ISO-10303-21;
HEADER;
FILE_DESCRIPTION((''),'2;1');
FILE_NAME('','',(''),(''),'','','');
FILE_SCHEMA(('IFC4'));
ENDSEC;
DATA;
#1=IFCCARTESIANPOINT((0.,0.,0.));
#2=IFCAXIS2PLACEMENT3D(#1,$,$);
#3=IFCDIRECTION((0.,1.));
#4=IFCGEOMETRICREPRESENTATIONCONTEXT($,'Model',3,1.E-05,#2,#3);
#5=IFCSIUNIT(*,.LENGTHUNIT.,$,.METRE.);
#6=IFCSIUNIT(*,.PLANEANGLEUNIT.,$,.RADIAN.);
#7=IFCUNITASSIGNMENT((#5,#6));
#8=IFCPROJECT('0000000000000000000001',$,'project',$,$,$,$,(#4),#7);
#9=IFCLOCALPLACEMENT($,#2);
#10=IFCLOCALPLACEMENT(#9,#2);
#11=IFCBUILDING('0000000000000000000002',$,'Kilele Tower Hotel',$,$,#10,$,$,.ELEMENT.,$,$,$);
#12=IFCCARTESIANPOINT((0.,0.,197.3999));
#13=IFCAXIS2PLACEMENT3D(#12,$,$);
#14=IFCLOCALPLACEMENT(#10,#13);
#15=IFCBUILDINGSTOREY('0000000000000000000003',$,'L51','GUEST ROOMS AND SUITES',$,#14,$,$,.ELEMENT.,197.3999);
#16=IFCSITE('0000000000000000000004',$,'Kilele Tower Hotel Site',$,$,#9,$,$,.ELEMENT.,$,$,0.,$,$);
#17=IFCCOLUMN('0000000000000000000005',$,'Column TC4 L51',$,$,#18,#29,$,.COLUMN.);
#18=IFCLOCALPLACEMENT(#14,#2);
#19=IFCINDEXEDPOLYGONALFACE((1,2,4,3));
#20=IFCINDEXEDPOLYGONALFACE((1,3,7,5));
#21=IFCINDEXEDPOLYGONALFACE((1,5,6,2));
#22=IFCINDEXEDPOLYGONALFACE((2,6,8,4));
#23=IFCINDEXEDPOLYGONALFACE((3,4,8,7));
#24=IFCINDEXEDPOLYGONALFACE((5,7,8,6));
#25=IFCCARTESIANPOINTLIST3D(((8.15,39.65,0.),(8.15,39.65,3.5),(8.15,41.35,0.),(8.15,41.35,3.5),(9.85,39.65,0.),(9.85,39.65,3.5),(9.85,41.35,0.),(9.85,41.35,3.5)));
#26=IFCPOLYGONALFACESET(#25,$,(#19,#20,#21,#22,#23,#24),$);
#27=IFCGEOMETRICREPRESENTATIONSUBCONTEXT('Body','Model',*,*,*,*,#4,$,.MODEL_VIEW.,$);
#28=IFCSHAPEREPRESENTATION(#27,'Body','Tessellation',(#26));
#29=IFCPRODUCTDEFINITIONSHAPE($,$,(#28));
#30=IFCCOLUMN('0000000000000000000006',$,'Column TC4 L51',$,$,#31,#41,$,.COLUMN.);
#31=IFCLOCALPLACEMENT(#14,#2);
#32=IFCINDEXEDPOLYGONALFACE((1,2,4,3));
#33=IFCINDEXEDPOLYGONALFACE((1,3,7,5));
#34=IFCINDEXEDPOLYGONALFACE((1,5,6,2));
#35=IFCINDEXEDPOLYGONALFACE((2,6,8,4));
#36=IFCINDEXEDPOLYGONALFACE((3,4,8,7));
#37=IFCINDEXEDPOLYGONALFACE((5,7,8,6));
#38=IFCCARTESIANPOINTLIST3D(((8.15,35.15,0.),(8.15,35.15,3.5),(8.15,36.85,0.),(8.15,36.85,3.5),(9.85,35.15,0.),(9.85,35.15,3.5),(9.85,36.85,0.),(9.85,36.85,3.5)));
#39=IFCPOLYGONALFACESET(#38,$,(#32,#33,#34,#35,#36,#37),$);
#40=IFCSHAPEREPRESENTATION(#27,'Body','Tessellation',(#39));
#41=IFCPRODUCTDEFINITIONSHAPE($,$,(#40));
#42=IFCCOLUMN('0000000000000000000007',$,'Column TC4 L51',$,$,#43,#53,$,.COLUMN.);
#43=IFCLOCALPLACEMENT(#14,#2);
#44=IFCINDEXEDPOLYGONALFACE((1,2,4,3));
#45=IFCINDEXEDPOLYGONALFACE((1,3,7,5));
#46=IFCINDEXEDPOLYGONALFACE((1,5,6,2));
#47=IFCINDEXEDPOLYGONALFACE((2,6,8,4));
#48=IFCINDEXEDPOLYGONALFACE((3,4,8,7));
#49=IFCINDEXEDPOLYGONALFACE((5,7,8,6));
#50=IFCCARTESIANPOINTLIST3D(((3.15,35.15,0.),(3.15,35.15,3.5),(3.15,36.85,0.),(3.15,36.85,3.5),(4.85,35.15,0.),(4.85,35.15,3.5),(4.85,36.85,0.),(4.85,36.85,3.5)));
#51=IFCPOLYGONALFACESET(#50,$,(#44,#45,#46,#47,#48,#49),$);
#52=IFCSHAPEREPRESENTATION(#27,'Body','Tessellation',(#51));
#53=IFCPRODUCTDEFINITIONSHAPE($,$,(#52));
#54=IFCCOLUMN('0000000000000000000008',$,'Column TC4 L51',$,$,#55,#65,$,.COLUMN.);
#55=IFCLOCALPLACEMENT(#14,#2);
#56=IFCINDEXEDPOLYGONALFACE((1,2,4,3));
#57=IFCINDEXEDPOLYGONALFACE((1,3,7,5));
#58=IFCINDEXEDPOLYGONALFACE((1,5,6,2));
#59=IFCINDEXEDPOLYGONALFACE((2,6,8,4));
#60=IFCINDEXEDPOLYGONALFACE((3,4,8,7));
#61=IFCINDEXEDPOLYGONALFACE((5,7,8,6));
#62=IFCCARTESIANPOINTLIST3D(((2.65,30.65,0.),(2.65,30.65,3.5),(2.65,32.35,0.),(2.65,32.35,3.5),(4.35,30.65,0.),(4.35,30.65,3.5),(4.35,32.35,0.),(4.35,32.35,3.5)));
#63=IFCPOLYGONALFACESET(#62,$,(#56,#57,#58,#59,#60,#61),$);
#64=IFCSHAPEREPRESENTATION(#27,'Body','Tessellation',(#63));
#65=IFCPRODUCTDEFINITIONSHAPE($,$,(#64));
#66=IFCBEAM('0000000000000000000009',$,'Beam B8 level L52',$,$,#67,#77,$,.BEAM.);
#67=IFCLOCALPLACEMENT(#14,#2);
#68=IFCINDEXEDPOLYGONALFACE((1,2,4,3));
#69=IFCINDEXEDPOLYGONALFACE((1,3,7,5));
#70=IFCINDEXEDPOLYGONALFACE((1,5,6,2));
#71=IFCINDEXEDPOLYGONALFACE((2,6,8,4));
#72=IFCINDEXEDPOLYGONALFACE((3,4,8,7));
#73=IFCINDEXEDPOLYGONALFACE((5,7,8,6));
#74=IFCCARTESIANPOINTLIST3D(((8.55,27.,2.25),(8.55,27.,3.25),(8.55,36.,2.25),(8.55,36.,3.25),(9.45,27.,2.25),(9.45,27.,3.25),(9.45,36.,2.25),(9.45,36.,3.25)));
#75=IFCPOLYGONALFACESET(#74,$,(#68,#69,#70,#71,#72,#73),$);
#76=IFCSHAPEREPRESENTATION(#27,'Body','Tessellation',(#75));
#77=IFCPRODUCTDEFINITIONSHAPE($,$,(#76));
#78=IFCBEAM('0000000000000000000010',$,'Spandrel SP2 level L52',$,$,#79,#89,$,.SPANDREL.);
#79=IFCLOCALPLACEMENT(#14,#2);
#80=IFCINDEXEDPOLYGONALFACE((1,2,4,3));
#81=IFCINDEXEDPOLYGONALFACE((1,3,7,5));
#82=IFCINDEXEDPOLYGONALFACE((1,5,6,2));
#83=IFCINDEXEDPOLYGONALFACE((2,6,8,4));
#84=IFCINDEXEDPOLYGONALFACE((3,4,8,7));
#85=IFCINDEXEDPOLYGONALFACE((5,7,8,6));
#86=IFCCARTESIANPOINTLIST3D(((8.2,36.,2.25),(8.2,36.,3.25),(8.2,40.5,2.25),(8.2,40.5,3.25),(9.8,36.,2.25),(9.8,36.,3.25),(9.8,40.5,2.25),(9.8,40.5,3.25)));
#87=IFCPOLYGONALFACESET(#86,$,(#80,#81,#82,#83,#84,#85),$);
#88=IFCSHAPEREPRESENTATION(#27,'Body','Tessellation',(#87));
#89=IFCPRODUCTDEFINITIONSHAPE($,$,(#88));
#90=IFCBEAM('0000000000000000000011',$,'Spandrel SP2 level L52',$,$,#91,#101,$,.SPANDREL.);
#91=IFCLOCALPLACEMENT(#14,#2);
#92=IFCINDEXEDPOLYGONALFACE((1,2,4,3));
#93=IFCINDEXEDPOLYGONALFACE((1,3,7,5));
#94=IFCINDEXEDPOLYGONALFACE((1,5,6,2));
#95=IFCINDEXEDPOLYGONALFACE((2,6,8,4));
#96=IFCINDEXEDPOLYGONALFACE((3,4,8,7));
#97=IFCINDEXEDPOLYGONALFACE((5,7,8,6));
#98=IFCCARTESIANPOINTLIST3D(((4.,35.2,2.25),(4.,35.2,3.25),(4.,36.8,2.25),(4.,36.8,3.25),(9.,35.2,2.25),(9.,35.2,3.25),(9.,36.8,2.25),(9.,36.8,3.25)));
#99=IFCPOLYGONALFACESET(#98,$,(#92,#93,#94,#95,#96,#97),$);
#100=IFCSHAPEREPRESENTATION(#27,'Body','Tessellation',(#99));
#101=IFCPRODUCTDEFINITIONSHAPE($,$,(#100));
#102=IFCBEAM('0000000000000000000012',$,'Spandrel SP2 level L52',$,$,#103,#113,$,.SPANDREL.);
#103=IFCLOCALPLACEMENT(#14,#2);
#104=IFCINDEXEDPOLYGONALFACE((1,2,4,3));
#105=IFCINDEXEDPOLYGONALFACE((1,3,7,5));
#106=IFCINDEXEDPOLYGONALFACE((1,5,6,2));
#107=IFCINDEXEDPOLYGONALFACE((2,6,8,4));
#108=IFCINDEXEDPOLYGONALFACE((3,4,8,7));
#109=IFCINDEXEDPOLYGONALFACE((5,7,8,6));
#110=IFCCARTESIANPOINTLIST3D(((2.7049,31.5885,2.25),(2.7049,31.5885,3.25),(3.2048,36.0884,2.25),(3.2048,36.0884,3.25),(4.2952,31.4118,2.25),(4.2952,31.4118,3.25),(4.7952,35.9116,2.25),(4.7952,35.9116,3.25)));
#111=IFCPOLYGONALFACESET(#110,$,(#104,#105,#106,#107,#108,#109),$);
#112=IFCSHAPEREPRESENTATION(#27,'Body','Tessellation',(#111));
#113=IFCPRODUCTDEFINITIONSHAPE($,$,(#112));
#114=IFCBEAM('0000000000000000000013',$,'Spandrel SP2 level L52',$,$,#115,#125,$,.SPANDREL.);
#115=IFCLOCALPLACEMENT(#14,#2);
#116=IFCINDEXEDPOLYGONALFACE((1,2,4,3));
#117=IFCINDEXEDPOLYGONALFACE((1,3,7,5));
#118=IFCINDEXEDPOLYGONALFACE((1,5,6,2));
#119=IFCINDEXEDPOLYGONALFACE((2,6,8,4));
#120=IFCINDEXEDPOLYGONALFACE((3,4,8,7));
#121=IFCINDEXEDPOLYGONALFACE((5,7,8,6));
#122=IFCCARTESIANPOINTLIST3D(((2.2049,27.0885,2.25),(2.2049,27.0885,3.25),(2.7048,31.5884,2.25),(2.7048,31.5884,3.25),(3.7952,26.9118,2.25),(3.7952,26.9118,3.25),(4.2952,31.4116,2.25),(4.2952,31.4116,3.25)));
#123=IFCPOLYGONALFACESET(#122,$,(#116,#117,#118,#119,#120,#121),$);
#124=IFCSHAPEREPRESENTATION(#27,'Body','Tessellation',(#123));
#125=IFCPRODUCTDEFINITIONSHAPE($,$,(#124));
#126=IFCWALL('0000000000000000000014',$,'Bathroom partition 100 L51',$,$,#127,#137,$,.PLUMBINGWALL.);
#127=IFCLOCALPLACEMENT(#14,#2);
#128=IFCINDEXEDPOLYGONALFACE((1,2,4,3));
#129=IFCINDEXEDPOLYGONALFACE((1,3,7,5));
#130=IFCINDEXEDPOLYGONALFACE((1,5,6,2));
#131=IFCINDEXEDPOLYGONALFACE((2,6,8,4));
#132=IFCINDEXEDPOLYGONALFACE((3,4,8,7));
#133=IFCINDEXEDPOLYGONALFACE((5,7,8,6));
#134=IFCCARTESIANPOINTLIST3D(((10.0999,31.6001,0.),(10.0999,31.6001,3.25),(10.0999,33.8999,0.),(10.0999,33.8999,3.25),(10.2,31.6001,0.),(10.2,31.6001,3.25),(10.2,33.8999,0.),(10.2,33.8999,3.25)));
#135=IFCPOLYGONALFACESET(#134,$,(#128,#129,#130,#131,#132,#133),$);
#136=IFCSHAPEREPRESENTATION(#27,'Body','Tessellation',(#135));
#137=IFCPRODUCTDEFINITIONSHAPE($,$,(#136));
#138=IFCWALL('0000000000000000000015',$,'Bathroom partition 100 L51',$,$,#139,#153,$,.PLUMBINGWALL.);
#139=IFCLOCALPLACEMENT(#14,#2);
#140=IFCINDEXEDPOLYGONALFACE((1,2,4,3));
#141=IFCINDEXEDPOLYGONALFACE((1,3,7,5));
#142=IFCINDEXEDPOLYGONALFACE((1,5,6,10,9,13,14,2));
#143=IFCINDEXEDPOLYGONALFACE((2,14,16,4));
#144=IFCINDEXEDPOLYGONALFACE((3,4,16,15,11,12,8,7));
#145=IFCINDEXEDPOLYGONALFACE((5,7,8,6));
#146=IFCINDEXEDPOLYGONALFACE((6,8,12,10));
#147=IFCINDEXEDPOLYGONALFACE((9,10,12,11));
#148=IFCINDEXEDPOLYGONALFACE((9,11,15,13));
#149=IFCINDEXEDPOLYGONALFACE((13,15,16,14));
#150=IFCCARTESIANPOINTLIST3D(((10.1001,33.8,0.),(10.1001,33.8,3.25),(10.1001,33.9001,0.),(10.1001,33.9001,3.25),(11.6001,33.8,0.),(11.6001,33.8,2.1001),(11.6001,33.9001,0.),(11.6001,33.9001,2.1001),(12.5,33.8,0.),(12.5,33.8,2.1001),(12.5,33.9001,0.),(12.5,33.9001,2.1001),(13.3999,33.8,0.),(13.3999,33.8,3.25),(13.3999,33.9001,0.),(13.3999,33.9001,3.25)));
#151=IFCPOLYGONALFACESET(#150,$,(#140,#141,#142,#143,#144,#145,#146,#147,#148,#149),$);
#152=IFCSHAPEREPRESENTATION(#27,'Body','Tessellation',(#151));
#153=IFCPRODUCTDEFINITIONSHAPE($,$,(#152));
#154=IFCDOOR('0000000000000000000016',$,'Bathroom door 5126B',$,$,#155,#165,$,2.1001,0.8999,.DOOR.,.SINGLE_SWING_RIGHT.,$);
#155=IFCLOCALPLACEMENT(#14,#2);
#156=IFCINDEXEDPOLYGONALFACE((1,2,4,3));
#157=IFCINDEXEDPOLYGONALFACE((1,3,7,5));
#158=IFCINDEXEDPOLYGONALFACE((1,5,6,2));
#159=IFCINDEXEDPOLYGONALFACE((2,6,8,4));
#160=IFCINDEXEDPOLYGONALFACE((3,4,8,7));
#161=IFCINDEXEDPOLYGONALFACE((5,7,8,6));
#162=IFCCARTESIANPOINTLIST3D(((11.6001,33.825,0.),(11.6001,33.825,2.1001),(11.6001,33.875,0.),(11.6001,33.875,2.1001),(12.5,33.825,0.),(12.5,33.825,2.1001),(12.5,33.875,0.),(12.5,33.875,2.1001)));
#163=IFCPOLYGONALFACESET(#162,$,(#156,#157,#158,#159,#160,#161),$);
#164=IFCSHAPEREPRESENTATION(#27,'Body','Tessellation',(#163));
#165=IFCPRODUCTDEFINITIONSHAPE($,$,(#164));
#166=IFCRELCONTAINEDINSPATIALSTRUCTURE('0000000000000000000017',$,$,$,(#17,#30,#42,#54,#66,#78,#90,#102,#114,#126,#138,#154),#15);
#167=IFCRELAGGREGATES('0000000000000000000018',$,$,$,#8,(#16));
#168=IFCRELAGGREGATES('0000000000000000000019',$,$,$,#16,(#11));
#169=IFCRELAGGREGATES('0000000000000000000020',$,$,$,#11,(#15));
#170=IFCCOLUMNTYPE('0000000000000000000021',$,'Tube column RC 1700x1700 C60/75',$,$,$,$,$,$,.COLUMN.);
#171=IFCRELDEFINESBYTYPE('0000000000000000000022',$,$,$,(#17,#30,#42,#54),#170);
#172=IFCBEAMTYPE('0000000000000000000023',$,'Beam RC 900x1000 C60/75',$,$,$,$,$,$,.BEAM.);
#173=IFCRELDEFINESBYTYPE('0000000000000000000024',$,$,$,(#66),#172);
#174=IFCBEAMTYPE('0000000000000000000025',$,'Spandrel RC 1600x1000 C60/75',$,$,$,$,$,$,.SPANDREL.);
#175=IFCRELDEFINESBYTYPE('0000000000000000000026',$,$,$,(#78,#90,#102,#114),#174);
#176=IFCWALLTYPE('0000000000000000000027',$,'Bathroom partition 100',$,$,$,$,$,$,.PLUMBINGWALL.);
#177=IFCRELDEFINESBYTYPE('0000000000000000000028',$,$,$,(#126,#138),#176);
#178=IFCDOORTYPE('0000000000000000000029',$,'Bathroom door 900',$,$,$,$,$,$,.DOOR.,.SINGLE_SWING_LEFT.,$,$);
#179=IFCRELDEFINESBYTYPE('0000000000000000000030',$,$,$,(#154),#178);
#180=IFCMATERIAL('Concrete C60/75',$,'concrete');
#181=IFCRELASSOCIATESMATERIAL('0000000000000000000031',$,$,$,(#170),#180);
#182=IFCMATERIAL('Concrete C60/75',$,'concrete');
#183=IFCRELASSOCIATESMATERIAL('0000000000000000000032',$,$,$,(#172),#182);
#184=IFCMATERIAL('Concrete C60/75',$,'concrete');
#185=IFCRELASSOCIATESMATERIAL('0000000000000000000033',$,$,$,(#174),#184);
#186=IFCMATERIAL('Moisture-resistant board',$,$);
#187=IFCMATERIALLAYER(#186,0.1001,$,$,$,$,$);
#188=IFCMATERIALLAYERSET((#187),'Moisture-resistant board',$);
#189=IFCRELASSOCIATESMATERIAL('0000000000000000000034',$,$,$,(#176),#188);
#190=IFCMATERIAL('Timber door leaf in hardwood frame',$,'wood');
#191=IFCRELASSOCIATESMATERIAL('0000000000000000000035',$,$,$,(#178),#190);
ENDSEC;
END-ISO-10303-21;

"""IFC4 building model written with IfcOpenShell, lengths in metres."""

from ifc_helpers import new_model, si_unit, direction, frame, frame_2d, origin, origin_2d, place, context, subcontext, project, spatial, rectangle, extrude, material, layer, layer_set, material_profile, profile_set, type_object, element, fill, save


model = new_model("IFC4")

# Units and contexts
model_context = context("Model", 3, precision=1e-05, world=origin(), true_north=direction((0.0, 1.0)))
body_context = subcontext(model_context, "Body", "Model", "MODEL_VIEW")
ifc_project = project(units=[si_unit("LENGTHUNIT", "METRE"), si_unit("PLANEANGLEUNIT", "RADIAN")], contexts=[model_context])

# Site, building, storey
site_placement = place(None, origin())
site = spatial("IfcSite", under=ifc_project, at=site_placement, Name="Kilele Tower Hotel Site", CompositionType="ELEMENT", RefElevation=0.0)
building_placement = place(site_placement, origin())
building = spatial("IfcBuilding", under=site, at=building_placement, Name="Kilele Tower Hotel", CompositionType="ELEMENT")
storey_placement = place(building_placement, frame((0.0, 0.0, 197.3999)))
storey = spatial("IfcBuildingStorey", under=building, at=storey_placement, Name="L51", Description="GUEST ROOMS AND SUITES", CompositionType="ELEMENT", Elevation=197.3999)

# Columns
ifc_material_1 = material(Name="Concrete C60/75", Category="concrete")
ifc_material_profile_1 = material_profile(ifc_material_1, rectangle(XDim=1.7, YDim=1.7, at=origin_2d()))
ifc_profile_set_1 = profile_set([ifc_material_profile_1], Name="Concrete C60/75")
column_type = type_object("IfcColumnType", Name="Tube column RC 1700x1700 C60/75", PredefinedType="COLUMN", material=ifc_profile_set_1)
for number, where, z_axis, x_axis, name in (
    (1, (9.0, 40.5, 0.0), (0.0, 0.0, 1.0), (1.0, 0.0, 0.0), "Column TC4 L51"),
    (2, (9.0, 36.0, 0.0), (0.0, 0.0, 1.0), (1.0, 0.0, 0.0), "Column TC4 L51"),
    (3, (4.0, 36.0, 0.0), (0.0, 0.0, 1.0), (1.0, 0.0, 0.0), "Column TC4 L51"),
    (4, (3.5, 31.5, 0.0), (0.0, 0.0, 1.0), (1.0, 0.0, 0.0), "Column TC4 L51"),
):
    element("IfcColumn", number, at=place(storey_placement, frame(where, z_axis=z_axis, x_axis=x_axis)), inside=storey, type_object=column_type, Name=name, PredefinedType="COLUMN", context=body_context, shape_type="SweptSolid", body=[
        extrude(rectangle(XDim=1.7, YDim=1.7, at=origin_2d()), origin(), (0.0, 0.0, 1.0), 3.5),
    ])

# Beams
ifc_material_2 = material(Name="Concrete C60/75", Category="concrete")
ifc_material_profile_2 = material_profile(ifc_material_2, rectangle(XDim=0.8999, YDim=1.0, at=origin_2d()))
ifc_profile_set_2 = profile_set([ifc_material_profile_2], Name="Concrete C60/75")
beam_type_1 = type_object("IfcBeamType", Name="Beam RC 900x1000 C60/75", PredefinedType="BEAM", material=ifc_profile_set_2)
beam_1_placement = place(storey_placement, frame((9.0, 36.0, 2.75), z_axis=(0.0, -1.0, 0.0), x_axis=(1.0, 0.0, 0.0)))
element("IfcBeam", 5, at=beam_1_placement, inside=storey, type_object=beam_type_1, Name="Beam B8 level L52", PredefinedType="BEAM", context=body_context, shape_type="SweptSolid", body=[
    extrude(rectangle(XDim=0.8999, YDim=1.0, at=origin_2d()), origin(), (0.0, 0.0, 1.0), 9.0),
])
ifc_material_3 = material(Name="Concrete C60/75", Category="concrete")
ifc_material_profile_3 = material_profile(ifc_material_3, rectangle(XDim=1.6001, YDim=1.0, at=origin_2d()))
ifc_profile_set_3 = profile_set([ifc_material_profile_3], Name="Concrete C60/75")
beam_type_2 = type_object("IfcBeamType", Name="Spandrel RC 1600x1000 C60/75", PredefinedType="SPANDREL", material=ifc_profile_set_3)
beam_2_placement = place(storey_placement, frame((9.0, 40.5, 2.75), z_axis=(0.0, -1.0, 0.0), x_axis=(1.0, 0.0, 0.0)))
element("IfcBeam", 6, at=beam_2_placement, inside=storey, type_object=beam_type_2, Name="Spandrel SP2 level L52", PredefinedType="SPANDREL", context=body_context, shape_type="SweptSolid", body=[
    extrude(rectangle(XDim=1.6001, YDim=1.0, at=origin_2d()), origin(), (0.0, 0.0, 1.0), 4.5),
])
beam_3_placement = place(storey_placement, frame((9.0, 36.0, 2.75), z_axis=(-1.0, 0.0, 0.0), x_axis=(0.0, -1.0, 0.0)))
element("IfcBeam", 7, at=beam_3_placement, inside=storey, type_object=beam_type_2, Name="Spandrel SP2 level L52", PredefinedType="SPANDREL", context=body_context, shape_type="SweptSolid", body=[
    extrude(rectangle(XDim=1.6001, YDim=1.0, at=origin_2d()), origin(), (0.0, 0.0, 1.0), 5.0),
])
for number, where, z_axis, x_axis, name in (
    (8, (4.0, 36.0, 2.75), (-0.110432, -0.993884, 0.0), (0.993884, -0.110432, 0.0), "Spandrel SP2 level L52"),
    (9, (3.5, 31.5, 2.75), (-0.110432, -0.993884, 0.0), (0.993884, -0.110432, 0.0), "Spandrel SP2 level L52"),
):
    element("IfcBeam", number, at=place(storey_placement, frame(where, z_axis=z_axis, x_axis=x_axis)), inside=storey, type_object=beam_type_2, Name=name, PredefinedType="SPANDREL", context=body_context, shape_type="SweptSolid", body=[
        extrude(rectangle(XDim=1.6001, YDim=1.0, at=origin_2d()), origin(), (0.0, 0.0, 1.0), 4.5276),
    ])

# Wall
ifc_material_4 = material(Name="Moisture-resistant board")
ifc_layer_1 = layer(ifc_material_4, 0.1001)
ifc_layer_set_1 = layer_set([ifc_layer_1], Name="Moisture-resistant board")
wall_type_1 = type_object("IfcWallType", Name="Bathroom partition 100", PredefinedType="PLUMBINGWALL", material=ifc_layer_set_1)
wall_1_placement = place(storey_placement, frame((10.1499, 31.6001, 0.0), z_axis=(0.0, 0.0, 1.0), x_axis=(0.0, 1.0, 0.0)))
element("IfcWall", 10, at=wall_1_placement, inside=storey, type_object=wall_type_1, Name="Bathroom partition 100 L51", PredefinedType="PLUMBINGWALL", context=body_context, shape_type="SweptSolid", body=[
    extrude(rectangle(XDim=2.2998, YDim=0.1001, at=frame_2d((1.1499, 0.0))), origin(), (0.0, 0.0, 1.0), 3.25),
])

# Wall, opening, door
wall_2_placement = place(storey_placement, frame((13.3999, 33.8501, 0.0), z_axis=(0.0, 0.0, 1.0), x_axis=(-1.0, 0.0, 0.0)))
wall_2 = element("IfcWall", 11, at=wall_2_placement, inside=storey, type_object=wall_type_1, Name="Bathroom partition 100 L51", PredefinedType="PLUMBINGWALL", context=body_context, shape_type="SweptSolid", body=[
    extrude(rectangle(XDim=3.2998, YDim=0.1001, at=frame_2d((1.6499, 0.0))), origin(), (0.0, 0.0, 1.0), 3.25),
])
opening_1_placement = place(wall_2_placement, frame((1.7998, 0.0, 0.0), z_axis=(0.0, 0.0, 1.0), x_axis=(-1.0, 0.0, 0.0)))
opening_1 = element("IfcOpeningElement", 12, at=opening_1_placement, cuts=wall_2, PredefinedType="OPENING", context=body_context, shape_type="SweptSolid", body=[
    extrude(rectangle(XDim=0.8999, YDim=2.1001, at=frame_2d((0.45, 1.05))), frame((0.0, 0.0601, 0.0), z_axis=(0.0, -1.0, 0.0), x_axis=(1.0, 0.0, 0.0)), (0.0, 0.0, 1.0), 0.1201),
])
ifc_material_5 = material(Name="Timber door leaf in hardwood frame", Category="wood")
door_type_1 = type_object("IfcDoorType", Name="Bathroom door 900", OperationType="SINGLE_SWING_LEFT", PredefinedType="DOOR", material=ifc_material_5)
door_1_placement = place(opening_1_placement, origin())
door_1 = element("IfcDoor", 13, at=door_1_placement, inside=storey, type_object=door_type_1, Name="Bathroom door 5126B", OperationType="SINGLE_SWING_RIGHT", OverallHeight=2.1001, OverallWidth=0.8999, PredefinedType="DOOR", context=body_context, shape_type="SweptSolid", body=[
    extrude(rectangle(XDim=0.8999, YDim=2.1001, at=frame_2d((0.45, 1.05))), frame((0.0, 0.0249, 0.0), z_axis=(0.0, -1.0, 0.0), x_axis=(1.0, 0.0, 0.0)), (0.0, 0.0, 1.0), 0.05),
])
fill(opening_1, door_1)

save(model, "model.ifc")
